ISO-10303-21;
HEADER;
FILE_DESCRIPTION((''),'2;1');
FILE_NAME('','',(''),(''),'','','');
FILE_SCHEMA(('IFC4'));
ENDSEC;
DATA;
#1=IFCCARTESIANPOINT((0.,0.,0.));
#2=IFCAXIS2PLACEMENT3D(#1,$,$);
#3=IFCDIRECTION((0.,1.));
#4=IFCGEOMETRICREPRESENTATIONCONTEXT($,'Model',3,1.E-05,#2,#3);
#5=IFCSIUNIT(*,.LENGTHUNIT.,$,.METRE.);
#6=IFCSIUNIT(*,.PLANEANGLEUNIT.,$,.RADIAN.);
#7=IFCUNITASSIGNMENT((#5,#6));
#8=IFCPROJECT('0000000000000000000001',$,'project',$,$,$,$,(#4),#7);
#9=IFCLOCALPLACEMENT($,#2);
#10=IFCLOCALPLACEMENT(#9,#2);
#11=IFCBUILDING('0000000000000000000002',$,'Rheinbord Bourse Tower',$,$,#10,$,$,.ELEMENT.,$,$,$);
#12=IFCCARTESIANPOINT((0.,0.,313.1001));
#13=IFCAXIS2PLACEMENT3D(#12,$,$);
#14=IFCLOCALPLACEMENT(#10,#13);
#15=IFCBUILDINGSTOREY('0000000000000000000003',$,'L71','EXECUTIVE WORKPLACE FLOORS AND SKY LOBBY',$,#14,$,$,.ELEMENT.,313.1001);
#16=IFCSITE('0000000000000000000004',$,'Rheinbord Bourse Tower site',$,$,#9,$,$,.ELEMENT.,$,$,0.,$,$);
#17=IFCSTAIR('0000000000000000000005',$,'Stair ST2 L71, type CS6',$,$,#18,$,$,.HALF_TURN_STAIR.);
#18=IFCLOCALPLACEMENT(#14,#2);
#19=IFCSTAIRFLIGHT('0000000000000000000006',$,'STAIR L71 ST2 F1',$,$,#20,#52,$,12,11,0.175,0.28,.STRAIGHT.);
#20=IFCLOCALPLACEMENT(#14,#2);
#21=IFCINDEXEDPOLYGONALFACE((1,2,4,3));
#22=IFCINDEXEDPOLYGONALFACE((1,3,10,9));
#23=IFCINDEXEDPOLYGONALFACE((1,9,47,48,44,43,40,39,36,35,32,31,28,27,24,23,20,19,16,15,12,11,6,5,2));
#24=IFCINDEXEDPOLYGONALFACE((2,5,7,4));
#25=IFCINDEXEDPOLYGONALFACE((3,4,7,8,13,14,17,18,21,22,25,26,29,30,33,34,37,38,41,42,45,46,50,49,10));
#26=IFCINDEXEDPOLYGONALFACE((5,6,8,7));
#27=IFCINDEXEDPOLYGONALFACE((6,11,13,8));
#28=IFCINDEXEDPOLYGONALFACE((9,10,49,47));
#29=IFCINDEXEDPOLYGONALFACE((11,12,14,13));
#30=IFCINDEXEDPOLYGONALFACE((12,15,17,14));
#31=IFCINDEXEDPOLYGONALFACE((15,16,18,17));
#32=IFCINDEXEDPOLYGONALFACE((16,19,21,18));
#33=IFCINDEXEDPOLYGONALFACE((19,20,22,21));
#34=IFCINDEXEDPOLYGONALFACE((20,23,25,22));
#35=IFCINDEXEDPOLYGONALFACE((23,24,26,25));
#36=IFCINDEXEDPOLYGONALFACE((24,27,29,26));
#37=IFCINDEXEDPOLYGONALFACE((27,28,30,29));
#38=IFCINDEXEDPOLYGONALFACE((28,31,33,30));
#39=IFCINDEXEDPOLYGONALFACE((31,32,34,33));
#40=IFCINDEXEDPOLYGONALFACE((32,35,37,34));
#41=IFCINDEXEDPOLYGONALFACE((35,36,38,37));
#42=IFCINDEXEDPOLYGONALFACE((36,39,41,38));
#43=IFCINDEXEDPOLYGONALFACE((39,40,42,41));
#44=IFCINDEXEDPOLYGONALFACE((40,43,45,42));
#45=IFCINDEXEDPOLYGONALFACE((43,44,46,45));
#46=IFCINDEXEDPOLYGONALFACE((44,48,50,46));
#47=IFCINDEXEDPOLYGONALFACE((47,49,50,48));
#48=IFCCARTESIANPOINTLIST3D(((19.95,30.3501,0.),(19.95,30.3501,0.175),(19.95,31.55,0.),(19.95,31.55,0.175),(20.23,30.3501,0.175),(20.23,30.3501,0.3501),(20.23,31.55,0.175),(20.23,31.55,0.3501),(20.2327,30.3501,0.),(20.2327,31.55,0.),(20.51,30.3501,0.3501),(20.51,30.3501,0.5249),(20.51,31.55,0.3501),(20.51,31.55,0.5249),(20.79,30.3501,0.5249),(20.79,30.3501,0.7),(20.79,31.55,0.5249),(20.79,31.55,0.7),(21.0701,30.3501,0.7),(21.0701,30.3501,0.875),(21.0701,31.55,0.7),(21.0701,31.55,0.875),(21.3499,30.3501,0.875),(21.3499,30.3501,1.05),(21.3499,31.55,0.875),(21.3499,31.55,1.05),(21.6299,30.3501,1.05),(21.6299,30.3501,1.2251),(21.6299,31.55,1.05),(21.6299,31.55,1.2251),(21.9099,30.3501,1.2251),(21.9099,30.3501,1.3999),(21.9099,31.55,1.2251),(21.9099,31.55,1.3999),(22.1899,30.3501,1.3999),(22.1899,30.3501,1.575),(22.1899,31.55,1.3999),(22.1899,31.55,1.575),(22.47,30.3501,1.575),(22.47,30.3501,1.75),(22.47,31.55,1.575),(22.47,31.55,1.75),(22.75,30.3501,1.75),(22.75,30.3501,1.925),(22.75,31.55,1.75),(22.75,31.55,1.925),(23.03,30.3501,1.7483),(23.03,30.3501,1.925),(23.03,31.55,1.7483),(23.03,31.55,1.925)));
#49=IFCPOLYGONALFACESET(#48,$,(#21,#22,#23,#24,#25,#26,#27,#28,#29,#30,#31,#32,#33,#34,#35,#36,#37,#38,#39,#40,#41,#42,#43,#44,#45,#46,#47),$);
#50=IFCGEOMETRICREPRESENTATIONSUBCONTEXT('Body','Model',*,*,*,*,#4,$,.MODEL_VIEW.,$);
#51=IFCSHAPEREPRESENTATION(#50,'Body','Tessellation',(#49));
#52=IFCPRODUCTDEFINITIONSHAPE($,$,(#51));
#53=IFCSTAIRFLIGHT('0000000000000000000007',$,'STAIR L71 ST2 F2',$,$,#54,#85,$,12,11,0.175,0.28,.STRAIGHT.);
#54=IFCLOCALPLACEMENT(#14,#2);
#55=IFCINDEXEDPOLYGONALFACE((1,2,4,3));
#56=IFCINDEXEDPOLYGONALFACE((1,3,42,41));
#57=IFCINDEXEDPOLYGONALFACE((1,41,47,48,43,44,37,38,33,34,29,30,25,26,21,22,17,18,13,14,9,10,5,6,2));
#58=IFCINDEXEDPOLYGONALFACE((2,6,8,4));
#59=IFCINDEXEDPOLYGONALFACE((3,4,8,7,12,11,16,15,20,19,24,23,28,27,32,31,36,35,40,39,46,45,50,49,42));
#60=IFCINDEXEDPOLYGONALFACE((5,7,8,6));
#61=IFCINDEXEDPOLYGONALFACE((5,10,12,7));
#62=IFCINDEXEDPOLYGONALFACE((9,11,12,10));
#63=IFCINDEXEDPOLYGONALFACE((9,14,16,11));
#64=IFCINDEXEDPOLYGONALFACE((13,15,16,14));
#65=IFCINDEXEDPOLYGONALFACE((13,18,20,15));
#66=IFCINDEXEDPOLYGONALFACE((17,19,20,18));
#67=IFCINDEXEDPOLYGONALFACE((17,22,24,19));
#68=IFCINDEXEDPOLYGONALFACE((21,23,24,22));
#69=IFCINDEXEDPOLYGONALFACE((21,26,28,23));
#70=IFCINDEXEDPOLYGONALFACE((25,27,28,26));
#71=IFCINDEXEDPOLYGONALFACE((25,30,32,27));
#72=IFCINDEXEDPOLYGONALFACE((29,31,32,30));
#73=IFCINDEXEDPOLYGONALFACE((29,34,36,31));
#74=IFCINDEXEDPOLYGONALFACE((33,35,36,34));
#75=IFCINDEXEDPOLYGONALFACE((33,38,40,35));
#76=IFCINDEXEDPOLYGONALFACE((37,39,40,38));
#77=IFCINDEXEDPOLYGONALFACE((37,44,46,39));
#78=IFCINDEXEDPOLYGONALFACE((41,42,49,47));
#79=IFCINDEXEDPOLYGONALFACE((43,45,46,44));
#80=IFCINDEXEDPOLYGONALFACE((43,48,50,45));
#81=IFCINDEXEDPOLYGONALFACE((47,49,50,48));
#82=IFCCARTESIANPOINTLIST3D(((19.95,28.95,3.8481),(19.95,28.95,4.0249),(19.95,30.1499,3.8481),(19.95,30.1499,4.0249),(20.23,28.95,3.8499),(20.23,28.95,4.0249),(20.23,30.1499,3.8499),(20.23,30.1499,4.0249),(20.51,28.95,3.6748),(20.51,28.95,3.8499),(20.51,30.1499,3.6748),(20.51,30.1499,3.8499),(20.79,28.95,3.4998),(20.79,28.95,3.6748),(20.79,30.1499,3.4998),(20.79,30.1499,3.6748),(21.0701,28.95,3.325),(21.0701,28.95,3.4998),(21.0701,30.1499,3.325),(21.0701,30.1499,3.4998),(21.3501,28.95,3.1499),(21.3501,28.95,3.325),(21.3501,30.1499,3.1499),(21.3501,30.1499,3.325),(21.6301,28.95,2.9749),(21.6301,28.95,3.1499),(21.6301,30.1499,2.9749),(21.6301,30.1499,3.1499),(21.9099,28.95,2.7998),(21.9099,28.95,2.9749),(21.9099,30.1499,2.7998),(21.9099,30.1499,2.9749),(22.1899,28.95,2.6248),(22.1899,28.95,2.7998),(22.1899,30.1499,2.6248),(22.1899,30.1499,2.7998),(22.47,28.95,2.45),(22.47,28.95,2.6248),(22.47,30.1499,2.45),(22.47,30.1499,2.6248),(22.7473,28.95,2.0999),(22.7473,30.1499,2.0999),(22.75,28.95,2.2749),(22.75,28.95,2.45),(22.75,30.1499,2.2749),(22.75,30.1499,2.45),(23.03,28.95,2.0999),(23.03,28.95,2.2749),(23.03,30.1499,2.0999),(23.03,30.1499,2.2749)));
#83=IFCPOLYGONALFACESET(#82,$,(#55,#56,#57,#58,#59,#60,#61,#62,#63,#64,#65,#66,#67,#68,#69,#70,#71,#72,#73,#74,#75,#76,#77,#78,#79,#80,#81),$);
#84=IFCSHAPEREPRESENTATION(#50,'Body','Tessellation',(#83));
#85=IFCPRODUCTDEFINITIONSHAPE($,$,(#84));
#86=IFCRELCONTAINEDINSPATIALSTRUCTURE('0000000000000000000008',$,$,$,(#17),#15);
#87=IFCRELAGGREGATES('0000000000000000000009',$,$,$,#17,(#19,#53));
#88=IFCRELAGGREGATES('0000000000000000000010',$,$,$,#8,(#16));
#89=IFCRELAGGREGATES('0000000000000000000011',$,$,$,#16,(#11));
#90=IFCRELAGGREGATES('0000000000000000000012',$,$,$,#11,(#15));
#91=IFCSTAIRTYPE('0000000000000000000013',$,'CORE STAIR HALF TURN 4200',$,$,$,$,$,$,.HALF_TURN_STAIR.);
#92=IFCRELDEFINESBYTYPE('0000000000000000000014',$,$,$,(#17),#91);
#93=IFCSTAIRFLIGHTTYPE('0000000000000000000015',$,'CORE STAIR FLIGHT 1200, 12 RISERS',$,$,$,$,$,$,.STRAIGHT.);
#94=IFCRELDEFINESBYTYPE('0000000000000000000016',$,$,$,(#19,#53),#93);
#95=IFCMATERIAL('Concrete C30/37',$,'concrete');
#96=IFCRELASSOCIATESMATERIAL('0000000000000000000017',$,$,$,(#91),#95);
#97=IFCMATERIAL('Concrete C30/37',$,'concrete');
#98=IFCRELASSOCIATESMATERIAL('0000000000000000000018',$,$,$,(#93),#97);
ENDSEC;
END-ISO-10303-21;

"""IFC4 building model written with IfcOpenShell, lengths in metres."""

from ifc_helpers import new_model, si_unit, direction, frame, origin, place, context, subcontext, project, spatial, polyline, outline, extrude, material, type_object, element, aggregate, save


model = new_model("IFC4")

# Units and contexts
model_context = context("Model", 3, precision=1e-05, world=origin(), true_north=direction((0.0, 1.0)))
body_context = subcontext(model_context, "Body", "Model", "MODEL_VIEW")
ifc_project = project(units=[si_unit("LENGTHUNIT", "METRE"), si_unit("PLANEANGLEUNIT", "RADIAN")], contexts=[model_context])

# Site, building, storey
site_placement = place(None, origin())
site = spatial("IfcSite", under=ifc_project, at=site_placement, Name="Rheinbord Bourse Tower site", CompositionType="ELEMENT", RefElevation=0.0)
building_placement = place(site_placement, origin())
building = spatial("IfcBuilding", under=site, at=building_placement, Name="Rheinbord Bourse Tower", CompositionType="ELEMENT")
storey_placement = place(building_placement, frame((0.0, 0.0, 313.1001)))
storey = spatial("IfcBuildingStorey", under=building, at=storey_placement, Name="L71", Description="EXECUTIVE WORKPLACE FLOORS AND SKY LOBBY", CompositionType="ELEMENT", Elevation=313.1001)

# Stair, stair flights
ifc_material_1 = material(Name="Concrete C30/37", Category="concrete")
stair_type = type_object("IfcStairType", Name="CORE STAIR HALF TURN 4200", PredefinedType="HALF_TURN_STAIR", material=ifc_material_1)
stair_placement = place(storey_placement, origin())
stair = element("IfcStair", 1, at=stair_placement, inside=storey, type_object=stair_type, Name="Stair ST2 L71, type CS6", PredefinedType="HALF_TURN_STAIR")
ifc_material_2 = material(Name="Concrete C30/37", Category="concrete")
stair_flight_type = type_object("IfcStairFlightType", Name="CORE STAIR FLIGHT 1200, 12 RISERS", PredefinedType="STRAIGHT", material=ifc_material_2)
stair_flight_1_placement = place(storey_placement, frame((19.95, 30.95, 0.0), z_axis=(0.0, 0.0, 1.0), x_axis=(1.0, 0.0, 0.0)))
stair_flight_1 = element("IfcStairFlight", 2, at=stair_flight_1_placement, type_object=stair_flight_type, Name="STAIR L71 ST2 F1", NumberOfRisers=12, NumberOfTreads=11, PredefinedType="STRAIGHT", RiserHeight=0.175, TreadLength=0.28, context=body_context, shape_type="SweptSolid", body=[
    extrude(outline(polyline([(0.0, 0.0), (0.0, 0.175), (0.28, 0.175), (0.28, 0.3501), (0.5601, 0.3501), (0.5601, 0.5249), (0.8401, 0.5249), (0.8401, 0.7), (1.1201, 0.7), (1.1201, 0.875), (1.3999, 0.875), (1.3999, 1.05), (1.6799, 1.05), (1.6799, 1.2251), (1.96, 1.2251), (1.96, 1.3999), (2.24, 1.3999), (2.24, 1.575), (2.52, 1.575), (2.52, 1.75), (2.8, 1.75), (2.8, 1.925), (3.0801, 1.925), (3.0801, 2.1001), (3.0801, 1.7483), (0.2827, 0.0), (0.0, 0.0)])), frame((0.0, 0.6001, 0.0), z_axis=(0.0, -1.0, 0.0), x_axis=(1.0, 0.0, 0.0)), (0.0, 0.0, 1.0), 1.2),
])
stair_flight_2_placement = place(storey_placement, frame((23.03, 29.55, 2.0999), z_axis=(0.0, 0.0, 1.0), x_axis=(-1.0, 0.0, 0.0)))
stair_flight_2 = element("IfcStairFlight", 3, at=stair_flight_2_placement, type_object=stair_flight_type, Name="STAIR L71 ST2 F2", NumberOfRisers=12, NumberOfTreads=11, PredefinedType="STRAIGHT", RiserHeight=0.175, TreadLength=0.28, context=body_context, shape_type="SweptSolid", body=[
    extrude(outline(polyline([(0.0, 0.0), (0.0, 0.175), (0.28, 0.175), (0.28, 0.3501), (0.5601, 0.3501), (0.5601, 0.5249), (0.8401, 0.5249), (0.8401, 0.7), (1.1201, 0.7), (1.1201, 0.875), (1.3999, 0.875), (1.3999, 1.05), (1.6799, 1.05), (1.6799, 1.2251), (1.96, 1.2251), (1.96, 1.3999), (2.24, 1.3999), (2.24, 1.575), (2.52, 1.575), (2.52, 1.75), (2.8, 1.75), (2.8, 1.925), (3.0801, 1.925), (3.0801, 2.1001), (3.0801, 1.7483), (0.2827, 0.0), (0.0, 0.0)])), frame((0.0, 0.6001, 0.0), z_axis=(0.0, -1.0, 0.0), x_axis=(1.0, 0.0, 0.0)), (0.0, 0.0, 1.0), 1.2),
])
aggregate(stair, [stair_flight_1, stair_flight_2])

save(model, "model.ifc")
